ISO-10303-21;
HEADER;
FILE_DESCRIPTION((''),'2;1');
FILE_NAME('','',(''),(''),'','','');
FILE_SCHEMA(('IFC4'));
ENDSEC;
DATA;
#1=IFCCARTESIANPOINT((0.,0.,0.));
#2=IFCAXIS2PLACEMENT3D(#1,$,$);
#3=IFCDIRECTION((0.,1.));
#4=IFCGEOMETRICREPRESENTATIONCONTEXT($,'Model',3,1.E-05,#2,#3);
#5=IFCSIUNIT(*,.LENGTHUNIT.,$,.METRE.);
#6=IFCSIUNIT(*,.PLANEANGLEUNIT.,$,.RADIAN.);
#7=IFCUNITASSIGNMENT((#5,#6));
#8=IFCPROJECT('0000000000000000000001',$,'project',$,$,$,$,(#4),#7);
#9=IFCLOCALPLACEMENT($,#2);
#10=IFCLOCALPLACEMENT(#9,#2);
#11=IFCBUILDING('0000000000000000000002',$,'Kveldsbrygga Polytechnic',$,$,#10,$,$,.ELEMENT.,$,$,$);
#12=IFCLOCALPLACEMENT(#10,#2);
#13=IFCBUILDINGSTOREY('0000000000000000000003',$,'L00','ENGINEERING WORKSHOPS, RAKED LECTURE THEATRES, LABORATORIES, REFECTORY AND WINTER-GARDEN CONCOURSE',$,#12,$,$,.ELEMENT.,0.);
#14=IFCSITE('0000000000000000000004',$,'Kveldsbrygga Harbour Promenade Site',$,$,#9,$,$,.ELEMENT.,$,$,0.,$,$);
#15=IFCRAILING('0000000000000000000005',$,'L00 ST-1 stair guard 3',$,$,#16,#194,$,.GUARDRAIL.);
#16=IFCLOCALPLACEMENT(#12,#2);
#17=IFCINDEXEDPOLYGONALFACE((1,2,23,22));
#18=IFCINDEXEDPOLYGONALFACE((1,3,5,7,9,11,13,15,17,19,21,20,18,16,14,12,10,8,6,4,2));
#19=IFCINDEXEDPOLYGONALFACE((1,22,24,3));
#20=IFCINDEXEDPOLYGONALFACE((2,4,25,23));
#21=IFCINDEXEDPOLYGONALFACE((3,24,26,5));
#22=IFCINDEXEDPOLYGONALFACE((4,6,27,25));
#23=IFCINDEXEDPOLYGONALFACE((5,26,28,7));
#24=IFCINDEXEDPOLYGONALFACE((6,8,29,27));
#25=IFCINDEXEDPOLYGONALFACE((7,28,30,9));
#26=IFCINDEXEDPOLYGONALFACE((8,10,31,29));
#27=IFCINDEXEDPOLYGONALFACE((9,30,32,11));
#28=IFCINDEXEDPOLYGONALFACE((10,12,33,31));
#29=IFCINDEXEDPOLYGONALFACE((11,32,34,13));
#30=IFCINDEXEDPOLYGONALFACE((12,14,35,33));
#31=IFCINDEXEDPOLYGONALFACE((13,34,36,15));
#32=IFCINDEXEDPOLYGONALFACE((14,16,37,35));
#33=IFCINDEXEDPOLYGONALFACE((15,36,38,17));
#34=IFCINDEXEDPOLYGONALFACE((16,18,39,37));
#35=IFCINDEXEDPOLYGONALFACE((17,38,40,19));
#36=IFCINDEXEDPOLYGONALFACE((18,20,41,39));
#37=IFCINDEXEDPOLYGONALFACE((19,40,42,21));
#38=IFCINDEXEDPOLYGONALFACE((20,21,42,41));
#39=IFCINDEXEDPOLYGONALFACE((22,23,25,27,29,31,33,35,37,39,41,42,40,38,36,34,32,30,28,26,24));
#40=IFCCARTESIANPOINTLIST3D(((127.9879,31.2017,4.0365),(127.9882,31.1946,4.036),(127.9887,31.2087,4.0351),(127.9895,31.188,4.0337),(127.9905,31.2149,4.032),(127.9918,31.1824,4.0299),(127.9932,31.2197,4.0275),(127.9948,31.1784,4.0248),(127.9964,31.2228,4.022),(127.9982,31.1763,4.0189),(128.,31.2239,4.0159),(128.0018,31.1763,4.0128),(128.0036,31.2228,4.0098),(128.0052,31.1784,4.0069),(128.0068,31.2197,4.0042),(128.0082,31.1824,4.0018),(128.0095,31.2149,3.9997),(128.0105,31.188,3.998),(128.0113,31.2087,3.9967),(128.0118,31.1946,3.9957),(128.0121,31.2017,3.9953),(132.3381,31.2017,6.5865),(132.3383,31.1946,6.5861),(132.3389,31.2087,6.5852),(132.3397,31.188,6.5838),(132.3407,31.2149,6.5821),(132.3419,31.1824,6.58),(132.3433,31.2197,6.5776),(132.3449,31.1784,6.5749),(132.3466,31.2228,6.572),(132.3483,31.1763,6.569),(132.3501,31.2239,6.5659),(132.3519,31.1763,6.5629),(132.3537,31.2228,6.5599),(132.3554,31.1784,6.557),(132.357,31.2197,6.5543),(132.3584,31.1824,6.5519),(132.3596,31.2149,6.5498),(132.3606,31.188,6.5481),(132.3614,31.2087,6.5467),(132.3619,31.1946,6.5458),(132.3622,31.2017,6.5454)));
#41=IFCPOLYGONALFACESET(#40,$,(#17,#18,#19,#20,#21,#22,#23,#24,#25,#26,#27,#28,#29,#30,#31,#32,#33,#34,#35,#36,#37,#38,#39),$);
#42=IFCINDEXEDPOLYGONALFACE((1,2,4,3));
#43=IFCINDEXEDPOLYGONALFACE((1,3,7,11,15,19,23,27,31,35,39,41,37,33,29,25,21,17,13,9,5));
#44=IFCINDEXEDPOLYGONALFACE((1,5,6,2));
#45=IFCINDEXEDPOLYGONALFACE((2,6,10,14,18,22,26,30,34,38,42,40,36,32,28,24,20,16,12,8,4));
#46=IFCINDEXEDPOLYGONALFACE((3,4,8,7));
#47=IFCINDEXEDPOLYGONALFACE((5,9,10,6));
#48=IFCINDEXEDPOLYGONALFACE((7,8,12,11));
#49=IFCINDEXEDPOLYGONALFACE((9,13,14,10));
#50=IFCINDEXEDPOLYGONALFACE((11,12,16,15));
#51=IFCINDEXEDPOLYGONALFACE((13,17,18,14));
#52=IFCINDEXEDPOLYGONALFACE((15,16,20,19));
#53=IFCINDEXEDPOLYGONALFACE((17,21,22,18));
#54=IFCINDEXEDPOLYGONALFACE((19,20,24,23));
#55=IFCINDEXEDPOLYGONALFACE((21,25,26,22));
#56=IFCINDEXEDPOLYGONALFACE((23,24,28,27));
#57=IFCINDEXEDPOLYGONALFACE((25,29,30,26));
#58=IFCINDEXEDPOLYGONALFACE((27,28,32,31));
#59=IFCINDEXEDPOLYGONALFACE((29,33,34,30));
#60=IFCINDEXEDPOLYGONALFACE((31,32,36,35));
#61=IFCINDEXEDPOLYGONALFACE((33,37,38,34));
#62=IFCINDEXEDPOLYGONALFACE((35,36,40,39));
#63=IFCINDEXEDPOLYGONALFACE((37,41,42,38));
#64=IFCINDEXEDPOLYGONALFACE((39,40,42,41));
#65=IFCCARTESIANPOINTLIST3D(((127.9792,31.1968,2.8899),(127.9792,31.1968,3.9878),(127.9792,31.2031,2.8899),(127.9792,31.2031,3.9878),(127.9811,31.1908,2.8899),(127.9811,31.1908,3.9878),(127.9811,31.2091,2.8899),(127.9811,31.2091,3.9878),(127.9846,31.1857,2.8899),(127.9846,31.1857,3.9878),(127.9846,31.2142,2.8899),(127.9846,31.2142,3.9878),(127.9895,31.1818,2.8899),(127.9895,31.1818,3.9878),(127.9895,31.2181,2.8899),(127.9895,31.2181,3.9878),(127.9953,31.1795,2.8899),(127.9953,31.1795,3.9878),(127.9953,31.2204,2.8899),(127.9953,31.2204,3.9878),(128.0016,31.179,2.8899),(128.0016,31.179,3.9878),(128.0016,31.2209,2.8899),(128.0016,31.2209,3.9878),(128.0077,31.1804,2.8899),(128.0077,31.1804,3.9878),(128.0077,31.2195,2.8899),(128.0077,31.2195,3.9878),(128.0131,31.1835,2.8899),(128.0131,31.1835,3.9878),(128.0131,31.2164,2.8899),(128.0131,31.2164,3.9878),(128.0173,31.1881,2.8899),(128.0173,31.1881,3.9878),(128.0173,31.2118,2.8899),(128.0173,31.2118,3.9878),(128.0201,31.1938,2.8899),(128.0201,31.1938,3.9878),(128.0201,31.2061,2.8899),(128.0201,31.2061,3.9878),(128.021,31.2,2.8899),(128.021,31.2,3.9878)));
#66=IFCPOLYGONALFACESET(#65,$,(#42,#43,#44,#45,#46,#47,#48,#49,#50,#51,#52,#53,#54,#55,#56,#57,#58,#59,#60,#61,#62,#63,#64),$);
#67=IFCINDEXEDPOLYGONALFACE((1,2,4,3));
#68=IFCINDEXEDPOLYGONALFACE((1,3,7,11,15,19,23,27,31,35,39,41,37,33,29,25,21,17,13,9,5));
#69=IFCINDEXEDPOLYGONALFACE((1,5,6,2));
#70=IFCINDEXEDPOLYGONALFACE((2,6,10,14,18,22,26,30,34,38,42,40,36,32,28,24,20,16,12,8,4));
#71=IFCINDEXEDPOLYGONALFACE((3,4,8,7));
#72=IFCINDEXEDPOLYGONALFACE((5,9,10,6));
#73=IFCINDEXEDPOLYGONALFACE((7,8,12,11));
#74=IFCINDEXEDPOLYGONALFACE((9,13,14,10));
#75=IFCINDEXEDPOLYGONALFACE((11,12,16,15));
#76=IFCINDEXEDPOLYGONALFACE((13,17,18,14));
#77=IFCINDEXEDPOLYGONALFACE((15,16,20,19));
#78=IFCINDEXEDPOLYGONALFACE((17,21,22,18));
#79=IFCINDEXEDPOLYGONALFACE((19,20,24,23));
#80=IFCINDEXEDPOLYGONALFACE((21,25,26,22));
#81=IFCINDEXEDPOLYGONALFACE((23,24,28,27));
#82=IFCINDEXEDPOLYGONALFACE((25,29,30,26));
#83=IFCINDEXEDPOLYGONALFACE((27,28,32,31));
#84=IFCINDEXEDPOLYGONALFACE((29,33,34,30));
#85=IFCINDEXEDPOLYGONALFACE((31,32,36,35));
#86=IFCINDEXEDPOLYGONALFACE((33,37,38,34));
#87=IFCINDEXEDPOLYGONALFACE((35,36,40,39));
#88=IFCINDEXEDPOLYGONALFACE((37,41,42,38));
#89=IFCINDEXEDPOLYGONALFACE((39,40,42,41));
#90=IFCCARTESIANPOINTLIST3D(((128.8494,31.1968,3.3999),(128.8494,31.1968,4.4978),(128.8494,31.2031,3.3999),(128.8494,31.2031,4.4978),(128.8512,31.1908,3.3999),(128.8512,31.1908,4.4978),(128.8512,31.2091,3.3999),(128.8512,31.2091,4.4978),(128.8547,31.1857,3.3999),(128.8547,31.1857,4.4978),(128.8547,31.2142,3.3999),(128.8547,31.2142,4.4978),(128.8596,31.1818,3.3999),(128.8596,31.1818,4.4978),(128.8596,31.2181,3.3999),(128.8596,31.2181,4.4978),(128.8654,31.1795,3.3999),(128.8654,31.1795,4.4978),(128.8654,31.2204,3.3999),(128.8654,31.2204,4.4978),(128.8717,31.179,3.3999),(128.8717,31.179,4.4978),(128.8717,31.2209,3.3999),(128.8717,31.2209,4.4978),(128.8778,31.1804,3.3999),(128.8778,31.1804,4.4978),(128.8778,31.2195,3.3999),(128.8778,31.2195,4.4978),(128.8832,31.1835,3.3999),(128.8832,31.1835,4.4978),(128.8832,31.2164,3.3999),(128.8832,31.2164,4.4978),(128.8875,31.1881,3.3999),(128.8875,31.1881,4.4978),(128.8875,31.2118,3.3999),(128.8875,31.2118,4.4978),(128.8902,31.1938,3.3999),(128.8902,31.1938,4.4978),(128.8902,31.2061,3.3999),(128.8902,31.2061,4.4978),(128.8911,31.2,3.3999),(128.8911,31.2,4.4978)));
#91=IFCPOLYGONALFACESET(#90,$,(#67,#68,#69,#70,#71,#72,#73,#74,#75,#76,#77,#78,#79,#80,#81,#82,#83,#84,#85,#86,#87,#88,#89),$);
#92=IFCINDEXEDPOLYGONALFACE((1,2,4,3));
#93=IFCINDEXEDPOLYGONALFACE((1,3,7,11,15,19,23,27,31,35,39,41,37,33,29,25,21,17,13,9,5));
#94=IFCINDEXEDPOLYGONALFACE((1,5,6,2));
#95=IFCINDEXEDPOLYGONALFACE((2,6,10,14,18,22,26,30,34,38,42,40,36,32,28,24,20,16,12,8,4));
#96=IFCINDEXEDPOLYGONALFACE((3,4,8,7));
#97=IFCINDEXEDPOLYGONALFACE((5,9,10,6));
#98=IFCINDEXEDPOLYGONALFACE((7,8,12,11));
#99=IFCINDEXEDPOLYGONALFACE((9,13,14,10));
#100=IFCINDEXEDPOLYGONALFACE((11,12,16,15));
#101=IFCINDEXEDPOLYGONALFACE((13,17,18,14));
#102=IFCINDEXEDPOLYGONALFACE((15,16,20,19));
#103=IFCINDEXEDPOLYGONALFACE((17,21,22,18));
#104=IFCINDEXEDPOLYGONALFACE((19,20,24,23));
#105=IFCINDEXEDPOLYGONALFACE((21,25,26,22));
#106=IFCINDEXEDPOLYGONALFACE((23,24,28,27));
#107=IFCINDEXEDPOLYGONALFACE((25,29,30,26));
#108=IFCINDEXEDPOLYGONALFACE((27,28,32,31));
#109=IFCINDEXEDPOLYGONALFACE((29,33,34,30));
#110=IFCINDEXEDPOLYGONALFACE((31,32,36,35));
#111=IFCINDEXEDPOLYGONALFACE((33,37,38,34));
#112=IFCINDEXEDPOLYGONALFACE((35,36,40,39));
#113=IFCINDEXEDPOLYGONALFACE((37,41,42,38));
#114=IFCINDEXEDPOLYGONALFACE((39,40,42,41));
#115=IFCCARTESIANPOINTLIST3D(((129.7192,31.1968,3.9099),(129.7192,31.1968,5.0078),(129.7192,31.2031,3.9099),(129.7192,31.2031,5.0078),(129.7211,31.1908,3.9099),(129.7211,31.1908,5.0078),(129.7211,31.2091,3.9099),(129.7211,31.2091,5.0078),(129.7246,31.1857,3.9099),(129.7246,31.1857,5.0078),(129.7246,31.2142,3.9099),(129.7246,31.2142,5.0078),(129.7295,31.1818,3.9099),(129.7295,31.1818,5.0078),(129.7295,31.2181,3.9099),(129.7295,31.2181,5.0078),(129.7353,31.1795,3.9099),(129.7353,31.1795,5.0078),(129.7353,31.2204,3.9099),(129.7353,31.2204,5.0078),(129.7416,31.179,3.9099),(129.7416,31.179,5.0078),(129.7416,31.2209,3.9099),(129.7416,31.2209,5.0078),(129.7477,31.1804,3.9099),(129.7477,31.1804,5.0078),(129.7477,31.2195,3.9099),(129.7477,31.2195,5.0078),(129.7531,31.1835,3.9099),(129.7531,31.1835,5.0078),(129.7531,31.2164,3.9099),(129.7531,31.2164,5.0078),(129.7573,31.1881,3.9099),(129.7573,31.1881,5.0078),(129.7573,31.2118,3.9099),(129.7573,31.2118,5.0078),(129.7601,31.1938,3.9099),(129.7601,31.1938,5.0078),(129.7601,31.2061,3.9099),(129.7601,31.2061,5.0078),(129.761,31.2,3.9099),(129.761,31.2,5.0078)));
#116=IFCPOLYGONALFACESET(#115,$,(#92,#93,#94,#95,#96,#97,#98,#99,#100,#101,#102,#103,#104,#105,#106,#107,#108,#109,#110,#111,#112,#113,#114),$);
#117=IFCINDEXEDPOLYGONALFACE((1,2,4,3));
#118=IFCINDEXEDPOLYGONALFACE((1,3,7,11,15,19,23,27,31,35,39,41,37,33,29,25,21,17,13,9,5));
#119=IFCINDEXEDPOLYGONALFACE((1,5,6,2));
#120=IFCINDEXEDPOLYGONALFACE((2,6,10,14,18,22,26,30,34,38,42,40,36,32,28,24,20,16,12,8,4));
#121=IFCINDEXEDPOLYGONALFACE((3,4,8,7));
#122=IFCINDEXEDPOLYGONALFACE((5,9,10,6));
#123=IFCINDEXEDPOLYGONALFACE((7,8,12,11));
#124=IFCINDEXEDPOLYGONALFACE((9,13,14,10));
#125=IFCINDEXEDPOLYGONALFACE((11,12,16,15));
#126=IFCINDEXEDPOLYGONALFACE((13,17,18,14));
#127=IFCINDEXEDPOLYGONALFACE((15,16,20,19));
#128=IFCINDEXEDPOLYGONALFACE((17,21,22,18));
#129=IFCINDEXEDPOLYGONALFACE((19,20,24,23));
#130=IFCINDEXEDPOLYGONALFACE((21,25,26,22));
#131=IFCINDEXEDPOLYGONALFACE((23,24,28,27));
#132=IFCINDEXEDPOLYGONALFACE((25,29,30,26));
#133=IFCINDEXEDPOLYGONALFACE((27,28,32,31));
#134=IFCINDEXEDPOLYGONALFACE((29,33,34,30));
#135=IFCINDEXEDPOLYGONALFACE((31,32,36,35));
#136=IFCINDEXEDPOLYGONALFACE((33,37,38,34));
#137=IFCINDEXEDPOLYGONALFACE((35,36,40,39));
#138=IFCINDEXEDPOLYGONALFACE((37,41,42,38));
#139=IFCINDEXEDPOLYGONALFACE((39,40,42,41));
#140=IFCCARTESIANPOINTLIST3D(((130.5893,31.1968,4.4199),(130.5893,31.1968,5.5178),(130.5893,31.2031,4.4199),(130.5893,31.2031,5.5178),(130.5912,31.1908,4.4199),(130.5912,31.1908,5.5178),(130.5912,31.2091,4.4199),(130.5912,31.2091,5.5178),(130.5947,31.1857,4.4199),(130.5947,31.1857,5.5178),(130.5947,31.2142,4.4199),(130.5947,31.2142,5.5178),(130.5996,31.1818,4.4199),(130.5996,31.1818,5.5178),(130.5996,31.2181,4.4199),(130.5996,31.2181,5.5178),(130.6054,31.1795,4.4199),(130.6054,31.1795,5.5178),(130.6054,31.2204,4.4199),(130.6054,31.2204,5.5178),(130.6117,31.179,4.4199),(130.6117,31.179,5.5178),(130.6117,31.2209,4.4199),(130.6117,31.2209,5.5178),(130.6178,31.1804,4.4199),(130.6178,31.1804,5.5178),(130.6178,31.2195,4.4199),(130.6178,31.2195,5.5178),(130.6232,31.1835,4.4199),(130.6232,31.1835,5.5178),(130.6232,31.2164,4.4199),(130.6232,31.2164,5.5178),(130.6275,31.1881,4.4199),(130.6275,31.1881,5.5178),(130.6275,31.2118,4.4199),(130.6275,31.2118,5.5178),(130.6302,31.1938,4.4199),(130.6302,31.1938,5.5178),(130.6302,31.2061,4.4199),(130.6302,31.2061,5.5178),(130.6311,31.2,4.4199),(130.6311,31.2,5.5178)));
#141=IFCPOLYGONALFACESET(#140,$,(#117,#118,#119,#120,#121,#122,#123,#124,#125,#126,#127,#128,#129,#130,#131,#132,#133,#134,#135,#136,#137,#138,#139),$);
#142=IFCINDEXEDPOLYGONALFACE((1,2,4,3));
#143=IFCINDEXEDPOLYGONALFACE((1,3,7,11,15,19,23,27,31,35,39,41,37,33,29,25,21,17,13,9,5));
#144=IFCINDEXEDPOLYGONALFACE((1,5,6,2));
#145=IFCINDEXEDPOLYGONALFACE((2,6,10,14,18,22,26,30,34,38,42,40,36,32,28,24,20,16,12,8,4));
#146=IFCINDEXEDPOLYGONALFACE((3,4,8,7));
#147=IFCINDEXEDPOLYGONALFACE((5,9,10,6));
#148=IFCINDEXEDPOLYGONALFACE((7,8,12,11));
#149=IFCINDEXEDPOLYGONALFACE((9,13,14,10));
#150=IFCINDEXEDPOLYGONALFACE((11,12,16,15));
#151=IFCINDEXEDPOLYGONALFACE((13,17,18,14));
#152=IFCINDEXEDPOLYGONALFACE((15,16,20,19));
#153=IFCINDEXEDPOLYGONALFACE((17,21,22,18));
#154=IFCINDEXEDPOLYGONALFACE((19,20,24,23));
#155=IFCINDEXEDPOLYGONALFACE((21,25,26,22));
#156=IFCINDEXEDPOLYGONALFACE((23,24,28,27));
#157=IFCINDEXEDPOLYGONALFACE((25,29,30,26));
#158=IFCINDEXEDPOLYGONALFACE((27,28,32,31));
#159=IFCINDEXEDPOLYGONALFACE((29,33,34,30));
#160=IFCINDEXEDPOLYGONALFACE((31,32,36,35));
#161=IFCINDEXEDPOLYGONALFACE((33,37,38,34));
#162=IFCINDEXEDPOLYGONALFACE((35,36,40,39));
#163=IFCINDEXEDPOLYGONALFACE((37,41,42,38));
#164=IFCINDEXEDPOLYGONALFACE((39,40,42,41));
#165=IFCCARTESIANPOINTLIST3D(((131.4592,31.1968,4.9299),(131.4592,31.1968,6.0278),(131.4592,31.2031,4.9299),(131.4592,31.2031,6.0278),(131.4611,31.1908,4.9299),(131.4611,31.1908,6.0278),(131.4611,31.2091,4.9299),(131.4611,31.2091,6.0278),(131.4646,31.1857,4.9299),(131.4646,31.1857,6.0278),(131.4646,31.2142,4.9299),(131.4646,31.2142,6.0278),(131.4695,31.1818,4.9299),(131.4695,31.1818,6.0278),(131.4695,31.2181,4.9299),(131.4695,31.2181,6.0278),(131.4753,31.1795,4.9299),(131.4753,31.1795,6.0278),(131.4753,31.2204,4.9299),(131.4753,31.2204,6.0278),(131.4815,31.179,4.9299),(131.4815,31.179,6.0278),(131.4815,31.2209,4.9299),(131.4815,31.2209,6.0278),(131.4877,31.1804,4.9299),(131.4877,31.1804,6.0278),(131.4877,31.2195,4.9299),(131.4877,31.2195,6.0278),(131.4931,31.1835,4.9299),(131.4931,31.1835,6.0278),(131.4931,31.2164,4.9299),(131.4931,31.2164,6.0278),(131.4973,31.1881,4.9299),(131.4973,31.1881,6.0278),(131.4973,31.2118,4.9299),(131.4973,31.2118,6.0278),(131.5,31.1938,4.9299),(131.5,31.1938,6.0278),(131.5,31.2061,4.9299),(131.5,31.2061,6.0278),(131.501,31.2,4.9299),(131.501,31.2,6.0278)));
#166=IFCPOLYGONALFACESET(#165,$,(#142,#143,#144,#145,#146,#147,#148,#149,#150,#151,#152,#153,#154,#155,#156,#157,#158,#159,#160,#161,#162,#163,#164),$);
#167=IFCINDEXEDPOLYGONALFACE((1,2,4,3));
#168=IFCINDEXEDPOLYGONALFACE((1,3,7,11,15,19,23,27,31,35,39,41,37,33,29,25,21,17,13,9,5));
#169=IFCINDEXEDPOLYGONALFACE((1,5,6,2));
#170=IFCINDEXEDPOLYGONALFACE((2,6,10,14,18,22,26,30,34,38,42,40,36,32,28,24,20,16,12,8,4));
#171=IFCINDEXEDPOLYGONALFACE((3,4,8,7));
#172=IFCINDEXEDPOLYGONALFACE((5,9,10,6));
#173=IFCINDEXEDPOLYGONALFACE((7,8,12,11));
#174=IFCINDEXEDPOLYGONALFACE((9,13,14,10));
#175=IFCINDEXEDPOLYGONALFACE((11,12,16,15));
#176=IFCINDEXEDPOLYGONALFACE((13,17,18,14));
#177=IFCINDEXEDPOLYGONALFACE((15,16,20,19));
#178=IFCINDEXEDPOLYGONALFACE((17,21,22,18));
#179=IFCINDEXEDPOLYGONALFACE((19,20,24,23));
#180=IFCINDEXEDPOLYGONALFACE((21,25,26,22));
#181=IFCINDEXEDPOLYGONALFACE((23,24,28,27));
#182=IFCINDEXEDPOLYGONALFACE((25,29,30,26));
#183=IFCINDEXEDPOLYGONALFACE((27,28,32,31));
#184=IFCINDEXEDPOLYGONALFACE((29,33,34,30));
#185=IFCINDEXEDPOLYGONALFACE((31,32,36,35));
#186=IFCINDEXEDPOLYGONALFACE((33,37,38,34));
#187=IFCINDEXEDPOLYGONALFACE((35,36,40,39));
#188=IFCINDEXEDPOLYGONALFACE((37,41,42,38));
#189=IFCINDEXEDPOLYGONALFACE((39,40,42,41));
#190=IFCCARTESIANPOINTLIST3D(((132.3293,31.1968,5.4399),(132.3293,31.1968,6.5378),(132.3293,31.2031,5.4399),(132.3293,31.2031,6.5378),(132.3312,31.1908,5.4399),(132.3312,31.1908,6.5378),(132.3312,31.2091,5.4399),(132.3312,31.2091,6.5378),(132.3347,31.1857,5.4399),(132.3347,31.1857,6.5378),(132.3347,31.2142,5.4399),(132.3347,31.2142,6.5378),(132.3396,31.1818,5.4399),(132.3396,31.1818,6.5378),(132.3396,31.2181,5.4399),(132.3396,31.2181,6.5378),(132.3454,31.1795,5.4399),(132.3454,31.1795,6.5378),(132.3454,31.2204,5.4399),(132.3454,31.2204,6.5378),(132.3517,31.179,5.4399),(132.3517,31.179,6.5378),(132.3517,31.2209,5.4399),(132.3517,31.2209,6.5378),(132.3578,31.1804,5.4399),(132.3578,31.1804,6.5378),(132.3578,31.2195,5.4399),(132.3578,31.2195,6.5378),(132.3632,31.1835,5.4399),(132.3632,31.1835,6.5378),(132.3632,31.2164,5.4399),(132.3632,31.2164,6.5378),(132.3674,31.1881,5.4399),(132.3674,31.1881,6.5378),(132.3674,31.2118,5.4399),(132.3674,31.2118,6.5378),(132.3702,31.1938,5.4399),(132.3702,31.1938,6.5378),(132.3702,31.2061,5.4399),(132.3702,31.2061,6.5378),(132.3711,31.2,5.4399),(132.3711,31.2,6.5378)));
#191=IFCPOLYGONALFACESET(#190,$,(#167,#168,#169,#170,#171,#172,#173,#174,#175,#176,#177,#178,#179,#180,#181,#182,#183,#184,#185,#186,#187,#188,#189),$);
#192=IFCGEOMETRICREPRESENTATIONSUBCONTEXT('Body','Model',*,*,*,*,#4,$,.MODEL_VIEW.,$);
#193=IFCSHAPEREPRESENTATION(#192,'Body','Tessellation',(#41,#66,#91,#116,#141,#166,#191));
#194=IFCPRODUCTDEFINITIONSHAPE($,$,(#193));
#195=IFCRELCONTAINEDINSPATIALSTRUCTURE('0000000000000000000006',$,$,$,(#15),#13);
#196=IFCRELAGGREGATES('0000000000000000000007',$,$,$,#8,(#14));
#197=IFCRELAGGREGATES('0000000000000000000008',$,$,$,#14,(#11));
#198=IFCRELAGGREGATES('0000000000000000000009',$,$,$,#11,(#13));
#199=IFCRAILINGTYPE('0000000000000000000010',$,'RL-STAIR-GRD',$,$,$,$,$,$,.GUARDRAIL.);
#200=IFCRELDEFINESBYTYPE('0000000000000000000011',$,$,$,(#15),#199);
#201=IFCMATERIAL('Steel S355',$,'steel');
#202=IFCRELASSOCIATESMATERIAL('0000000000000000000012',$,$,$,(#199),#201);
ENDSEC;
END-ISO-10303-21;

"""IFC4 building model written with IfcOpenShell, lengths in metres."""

from ifc_helpers import new_model, si_unit, direction, frame, origin, origin_2d, place, context, subcontext, project, spatial, circle, extrude, material, type_object, element, save


model = new_model("IFC4")

# Units and contexts
model_context = context("Model", 3, precision=1e-05, world=origin(), true_north=direction((0.0, 1.0)))
body_context = subcontext(model_context, "Body", "Model", "MODEL_VIEW")
ifc_project = project(units=[si_unit("LENGTHUNIT", "METRE"), si_unit("PLANEANGLEUNIT", "RADIAN")], contexts=[model_context])

# Site, building, storey
site_placement = place(None, origin())
site = spatial("IfcSite", under=ifc_project, at=site_placement, Name="Kveldsbrygga Harbour Promenade Site", CompositionType="ELEMENT", RefElevation=0.0)
building_placement = place(site_placement, origin())
building = spatial("IfcBuilding", under=site, at=building_placement, Name="Kveldsbrygga Polytechnic", CompositionType="ELEMENT")
storey_placement = place(building_placement, origin())
storey = spatial("IfcBuildingStorey", under=building, at=storey_placement, Name="L00", Description="ENGINEERING WORKSHOPS, RAKED LECTURE THEATRES, LABORATORIES, REFECTORY AND WINTER-GARDEN CONCOURSE", CompositionType="ELEMENT", Elevation=0.0)

# Railing
ifc_material_1 = material(Name="Steel S355", Category="steel")
railing_type_1 = type_object("IfcRailingType", Name="RL-STAIR-GRD", PredefinedType="GUARDRAIL", material=ifc_material_1)
railing_1_placement = place(storey_placement, frame((128.0, 31.2, 2.8899)))
element("IfcRailing", 1, at=railing_1_placement, inside=storey, type_object=railing_type_1, Name="L00 ST-1 stair guard 3", PredefinedType="GUARDRAIL", context=body_context, shape_type="SweptSolid", body=[
    extrude(circle(Radius=0.0239, at=origin_2d()), frame((0.0, 0.0, 1.126), z_axis=(0.862699, 0.0, 0.505718), x_axis=(0.0, 1.0, 0.0)), (0.0, 0.0, 1.0), 5.0425),
    extrude(circle(Radius=0.021, at=origin_2d()), origin(), (0.0, 0.0, 1.0), 1.0979),
    extrude(circle(Radius=0.021, at=origin_2d()), frame((0.8701, 0.0, 0.51)), (0.0, 0.0, 1.0), 1.0979),
    extrude(circle(Radius=0.021, at=origin_2d()), frame((1.74, 0.0, 1.02)), (0.0, 0.0, 1.0), 1.0979),
    extrude(circle(Radius=0.021, at=origin_2d()), frame((2.6101, 0.0, 1.53)), (0.0, 0.0, 1.0), 1.0979),
    extrude(circle(Radius=0.021, at=origin_2d()), frame((3.48, 0.0, 2.04)), (0.0, 0.0, 1.0), 1.0979),
    extrude(circle(Radius=0.021, at=origin_2d()), frame((4.3501, 0.0, 2.55)), (0.0, 0.0, 1.0), 1.0979),
])

save(model, "model.ifc")
